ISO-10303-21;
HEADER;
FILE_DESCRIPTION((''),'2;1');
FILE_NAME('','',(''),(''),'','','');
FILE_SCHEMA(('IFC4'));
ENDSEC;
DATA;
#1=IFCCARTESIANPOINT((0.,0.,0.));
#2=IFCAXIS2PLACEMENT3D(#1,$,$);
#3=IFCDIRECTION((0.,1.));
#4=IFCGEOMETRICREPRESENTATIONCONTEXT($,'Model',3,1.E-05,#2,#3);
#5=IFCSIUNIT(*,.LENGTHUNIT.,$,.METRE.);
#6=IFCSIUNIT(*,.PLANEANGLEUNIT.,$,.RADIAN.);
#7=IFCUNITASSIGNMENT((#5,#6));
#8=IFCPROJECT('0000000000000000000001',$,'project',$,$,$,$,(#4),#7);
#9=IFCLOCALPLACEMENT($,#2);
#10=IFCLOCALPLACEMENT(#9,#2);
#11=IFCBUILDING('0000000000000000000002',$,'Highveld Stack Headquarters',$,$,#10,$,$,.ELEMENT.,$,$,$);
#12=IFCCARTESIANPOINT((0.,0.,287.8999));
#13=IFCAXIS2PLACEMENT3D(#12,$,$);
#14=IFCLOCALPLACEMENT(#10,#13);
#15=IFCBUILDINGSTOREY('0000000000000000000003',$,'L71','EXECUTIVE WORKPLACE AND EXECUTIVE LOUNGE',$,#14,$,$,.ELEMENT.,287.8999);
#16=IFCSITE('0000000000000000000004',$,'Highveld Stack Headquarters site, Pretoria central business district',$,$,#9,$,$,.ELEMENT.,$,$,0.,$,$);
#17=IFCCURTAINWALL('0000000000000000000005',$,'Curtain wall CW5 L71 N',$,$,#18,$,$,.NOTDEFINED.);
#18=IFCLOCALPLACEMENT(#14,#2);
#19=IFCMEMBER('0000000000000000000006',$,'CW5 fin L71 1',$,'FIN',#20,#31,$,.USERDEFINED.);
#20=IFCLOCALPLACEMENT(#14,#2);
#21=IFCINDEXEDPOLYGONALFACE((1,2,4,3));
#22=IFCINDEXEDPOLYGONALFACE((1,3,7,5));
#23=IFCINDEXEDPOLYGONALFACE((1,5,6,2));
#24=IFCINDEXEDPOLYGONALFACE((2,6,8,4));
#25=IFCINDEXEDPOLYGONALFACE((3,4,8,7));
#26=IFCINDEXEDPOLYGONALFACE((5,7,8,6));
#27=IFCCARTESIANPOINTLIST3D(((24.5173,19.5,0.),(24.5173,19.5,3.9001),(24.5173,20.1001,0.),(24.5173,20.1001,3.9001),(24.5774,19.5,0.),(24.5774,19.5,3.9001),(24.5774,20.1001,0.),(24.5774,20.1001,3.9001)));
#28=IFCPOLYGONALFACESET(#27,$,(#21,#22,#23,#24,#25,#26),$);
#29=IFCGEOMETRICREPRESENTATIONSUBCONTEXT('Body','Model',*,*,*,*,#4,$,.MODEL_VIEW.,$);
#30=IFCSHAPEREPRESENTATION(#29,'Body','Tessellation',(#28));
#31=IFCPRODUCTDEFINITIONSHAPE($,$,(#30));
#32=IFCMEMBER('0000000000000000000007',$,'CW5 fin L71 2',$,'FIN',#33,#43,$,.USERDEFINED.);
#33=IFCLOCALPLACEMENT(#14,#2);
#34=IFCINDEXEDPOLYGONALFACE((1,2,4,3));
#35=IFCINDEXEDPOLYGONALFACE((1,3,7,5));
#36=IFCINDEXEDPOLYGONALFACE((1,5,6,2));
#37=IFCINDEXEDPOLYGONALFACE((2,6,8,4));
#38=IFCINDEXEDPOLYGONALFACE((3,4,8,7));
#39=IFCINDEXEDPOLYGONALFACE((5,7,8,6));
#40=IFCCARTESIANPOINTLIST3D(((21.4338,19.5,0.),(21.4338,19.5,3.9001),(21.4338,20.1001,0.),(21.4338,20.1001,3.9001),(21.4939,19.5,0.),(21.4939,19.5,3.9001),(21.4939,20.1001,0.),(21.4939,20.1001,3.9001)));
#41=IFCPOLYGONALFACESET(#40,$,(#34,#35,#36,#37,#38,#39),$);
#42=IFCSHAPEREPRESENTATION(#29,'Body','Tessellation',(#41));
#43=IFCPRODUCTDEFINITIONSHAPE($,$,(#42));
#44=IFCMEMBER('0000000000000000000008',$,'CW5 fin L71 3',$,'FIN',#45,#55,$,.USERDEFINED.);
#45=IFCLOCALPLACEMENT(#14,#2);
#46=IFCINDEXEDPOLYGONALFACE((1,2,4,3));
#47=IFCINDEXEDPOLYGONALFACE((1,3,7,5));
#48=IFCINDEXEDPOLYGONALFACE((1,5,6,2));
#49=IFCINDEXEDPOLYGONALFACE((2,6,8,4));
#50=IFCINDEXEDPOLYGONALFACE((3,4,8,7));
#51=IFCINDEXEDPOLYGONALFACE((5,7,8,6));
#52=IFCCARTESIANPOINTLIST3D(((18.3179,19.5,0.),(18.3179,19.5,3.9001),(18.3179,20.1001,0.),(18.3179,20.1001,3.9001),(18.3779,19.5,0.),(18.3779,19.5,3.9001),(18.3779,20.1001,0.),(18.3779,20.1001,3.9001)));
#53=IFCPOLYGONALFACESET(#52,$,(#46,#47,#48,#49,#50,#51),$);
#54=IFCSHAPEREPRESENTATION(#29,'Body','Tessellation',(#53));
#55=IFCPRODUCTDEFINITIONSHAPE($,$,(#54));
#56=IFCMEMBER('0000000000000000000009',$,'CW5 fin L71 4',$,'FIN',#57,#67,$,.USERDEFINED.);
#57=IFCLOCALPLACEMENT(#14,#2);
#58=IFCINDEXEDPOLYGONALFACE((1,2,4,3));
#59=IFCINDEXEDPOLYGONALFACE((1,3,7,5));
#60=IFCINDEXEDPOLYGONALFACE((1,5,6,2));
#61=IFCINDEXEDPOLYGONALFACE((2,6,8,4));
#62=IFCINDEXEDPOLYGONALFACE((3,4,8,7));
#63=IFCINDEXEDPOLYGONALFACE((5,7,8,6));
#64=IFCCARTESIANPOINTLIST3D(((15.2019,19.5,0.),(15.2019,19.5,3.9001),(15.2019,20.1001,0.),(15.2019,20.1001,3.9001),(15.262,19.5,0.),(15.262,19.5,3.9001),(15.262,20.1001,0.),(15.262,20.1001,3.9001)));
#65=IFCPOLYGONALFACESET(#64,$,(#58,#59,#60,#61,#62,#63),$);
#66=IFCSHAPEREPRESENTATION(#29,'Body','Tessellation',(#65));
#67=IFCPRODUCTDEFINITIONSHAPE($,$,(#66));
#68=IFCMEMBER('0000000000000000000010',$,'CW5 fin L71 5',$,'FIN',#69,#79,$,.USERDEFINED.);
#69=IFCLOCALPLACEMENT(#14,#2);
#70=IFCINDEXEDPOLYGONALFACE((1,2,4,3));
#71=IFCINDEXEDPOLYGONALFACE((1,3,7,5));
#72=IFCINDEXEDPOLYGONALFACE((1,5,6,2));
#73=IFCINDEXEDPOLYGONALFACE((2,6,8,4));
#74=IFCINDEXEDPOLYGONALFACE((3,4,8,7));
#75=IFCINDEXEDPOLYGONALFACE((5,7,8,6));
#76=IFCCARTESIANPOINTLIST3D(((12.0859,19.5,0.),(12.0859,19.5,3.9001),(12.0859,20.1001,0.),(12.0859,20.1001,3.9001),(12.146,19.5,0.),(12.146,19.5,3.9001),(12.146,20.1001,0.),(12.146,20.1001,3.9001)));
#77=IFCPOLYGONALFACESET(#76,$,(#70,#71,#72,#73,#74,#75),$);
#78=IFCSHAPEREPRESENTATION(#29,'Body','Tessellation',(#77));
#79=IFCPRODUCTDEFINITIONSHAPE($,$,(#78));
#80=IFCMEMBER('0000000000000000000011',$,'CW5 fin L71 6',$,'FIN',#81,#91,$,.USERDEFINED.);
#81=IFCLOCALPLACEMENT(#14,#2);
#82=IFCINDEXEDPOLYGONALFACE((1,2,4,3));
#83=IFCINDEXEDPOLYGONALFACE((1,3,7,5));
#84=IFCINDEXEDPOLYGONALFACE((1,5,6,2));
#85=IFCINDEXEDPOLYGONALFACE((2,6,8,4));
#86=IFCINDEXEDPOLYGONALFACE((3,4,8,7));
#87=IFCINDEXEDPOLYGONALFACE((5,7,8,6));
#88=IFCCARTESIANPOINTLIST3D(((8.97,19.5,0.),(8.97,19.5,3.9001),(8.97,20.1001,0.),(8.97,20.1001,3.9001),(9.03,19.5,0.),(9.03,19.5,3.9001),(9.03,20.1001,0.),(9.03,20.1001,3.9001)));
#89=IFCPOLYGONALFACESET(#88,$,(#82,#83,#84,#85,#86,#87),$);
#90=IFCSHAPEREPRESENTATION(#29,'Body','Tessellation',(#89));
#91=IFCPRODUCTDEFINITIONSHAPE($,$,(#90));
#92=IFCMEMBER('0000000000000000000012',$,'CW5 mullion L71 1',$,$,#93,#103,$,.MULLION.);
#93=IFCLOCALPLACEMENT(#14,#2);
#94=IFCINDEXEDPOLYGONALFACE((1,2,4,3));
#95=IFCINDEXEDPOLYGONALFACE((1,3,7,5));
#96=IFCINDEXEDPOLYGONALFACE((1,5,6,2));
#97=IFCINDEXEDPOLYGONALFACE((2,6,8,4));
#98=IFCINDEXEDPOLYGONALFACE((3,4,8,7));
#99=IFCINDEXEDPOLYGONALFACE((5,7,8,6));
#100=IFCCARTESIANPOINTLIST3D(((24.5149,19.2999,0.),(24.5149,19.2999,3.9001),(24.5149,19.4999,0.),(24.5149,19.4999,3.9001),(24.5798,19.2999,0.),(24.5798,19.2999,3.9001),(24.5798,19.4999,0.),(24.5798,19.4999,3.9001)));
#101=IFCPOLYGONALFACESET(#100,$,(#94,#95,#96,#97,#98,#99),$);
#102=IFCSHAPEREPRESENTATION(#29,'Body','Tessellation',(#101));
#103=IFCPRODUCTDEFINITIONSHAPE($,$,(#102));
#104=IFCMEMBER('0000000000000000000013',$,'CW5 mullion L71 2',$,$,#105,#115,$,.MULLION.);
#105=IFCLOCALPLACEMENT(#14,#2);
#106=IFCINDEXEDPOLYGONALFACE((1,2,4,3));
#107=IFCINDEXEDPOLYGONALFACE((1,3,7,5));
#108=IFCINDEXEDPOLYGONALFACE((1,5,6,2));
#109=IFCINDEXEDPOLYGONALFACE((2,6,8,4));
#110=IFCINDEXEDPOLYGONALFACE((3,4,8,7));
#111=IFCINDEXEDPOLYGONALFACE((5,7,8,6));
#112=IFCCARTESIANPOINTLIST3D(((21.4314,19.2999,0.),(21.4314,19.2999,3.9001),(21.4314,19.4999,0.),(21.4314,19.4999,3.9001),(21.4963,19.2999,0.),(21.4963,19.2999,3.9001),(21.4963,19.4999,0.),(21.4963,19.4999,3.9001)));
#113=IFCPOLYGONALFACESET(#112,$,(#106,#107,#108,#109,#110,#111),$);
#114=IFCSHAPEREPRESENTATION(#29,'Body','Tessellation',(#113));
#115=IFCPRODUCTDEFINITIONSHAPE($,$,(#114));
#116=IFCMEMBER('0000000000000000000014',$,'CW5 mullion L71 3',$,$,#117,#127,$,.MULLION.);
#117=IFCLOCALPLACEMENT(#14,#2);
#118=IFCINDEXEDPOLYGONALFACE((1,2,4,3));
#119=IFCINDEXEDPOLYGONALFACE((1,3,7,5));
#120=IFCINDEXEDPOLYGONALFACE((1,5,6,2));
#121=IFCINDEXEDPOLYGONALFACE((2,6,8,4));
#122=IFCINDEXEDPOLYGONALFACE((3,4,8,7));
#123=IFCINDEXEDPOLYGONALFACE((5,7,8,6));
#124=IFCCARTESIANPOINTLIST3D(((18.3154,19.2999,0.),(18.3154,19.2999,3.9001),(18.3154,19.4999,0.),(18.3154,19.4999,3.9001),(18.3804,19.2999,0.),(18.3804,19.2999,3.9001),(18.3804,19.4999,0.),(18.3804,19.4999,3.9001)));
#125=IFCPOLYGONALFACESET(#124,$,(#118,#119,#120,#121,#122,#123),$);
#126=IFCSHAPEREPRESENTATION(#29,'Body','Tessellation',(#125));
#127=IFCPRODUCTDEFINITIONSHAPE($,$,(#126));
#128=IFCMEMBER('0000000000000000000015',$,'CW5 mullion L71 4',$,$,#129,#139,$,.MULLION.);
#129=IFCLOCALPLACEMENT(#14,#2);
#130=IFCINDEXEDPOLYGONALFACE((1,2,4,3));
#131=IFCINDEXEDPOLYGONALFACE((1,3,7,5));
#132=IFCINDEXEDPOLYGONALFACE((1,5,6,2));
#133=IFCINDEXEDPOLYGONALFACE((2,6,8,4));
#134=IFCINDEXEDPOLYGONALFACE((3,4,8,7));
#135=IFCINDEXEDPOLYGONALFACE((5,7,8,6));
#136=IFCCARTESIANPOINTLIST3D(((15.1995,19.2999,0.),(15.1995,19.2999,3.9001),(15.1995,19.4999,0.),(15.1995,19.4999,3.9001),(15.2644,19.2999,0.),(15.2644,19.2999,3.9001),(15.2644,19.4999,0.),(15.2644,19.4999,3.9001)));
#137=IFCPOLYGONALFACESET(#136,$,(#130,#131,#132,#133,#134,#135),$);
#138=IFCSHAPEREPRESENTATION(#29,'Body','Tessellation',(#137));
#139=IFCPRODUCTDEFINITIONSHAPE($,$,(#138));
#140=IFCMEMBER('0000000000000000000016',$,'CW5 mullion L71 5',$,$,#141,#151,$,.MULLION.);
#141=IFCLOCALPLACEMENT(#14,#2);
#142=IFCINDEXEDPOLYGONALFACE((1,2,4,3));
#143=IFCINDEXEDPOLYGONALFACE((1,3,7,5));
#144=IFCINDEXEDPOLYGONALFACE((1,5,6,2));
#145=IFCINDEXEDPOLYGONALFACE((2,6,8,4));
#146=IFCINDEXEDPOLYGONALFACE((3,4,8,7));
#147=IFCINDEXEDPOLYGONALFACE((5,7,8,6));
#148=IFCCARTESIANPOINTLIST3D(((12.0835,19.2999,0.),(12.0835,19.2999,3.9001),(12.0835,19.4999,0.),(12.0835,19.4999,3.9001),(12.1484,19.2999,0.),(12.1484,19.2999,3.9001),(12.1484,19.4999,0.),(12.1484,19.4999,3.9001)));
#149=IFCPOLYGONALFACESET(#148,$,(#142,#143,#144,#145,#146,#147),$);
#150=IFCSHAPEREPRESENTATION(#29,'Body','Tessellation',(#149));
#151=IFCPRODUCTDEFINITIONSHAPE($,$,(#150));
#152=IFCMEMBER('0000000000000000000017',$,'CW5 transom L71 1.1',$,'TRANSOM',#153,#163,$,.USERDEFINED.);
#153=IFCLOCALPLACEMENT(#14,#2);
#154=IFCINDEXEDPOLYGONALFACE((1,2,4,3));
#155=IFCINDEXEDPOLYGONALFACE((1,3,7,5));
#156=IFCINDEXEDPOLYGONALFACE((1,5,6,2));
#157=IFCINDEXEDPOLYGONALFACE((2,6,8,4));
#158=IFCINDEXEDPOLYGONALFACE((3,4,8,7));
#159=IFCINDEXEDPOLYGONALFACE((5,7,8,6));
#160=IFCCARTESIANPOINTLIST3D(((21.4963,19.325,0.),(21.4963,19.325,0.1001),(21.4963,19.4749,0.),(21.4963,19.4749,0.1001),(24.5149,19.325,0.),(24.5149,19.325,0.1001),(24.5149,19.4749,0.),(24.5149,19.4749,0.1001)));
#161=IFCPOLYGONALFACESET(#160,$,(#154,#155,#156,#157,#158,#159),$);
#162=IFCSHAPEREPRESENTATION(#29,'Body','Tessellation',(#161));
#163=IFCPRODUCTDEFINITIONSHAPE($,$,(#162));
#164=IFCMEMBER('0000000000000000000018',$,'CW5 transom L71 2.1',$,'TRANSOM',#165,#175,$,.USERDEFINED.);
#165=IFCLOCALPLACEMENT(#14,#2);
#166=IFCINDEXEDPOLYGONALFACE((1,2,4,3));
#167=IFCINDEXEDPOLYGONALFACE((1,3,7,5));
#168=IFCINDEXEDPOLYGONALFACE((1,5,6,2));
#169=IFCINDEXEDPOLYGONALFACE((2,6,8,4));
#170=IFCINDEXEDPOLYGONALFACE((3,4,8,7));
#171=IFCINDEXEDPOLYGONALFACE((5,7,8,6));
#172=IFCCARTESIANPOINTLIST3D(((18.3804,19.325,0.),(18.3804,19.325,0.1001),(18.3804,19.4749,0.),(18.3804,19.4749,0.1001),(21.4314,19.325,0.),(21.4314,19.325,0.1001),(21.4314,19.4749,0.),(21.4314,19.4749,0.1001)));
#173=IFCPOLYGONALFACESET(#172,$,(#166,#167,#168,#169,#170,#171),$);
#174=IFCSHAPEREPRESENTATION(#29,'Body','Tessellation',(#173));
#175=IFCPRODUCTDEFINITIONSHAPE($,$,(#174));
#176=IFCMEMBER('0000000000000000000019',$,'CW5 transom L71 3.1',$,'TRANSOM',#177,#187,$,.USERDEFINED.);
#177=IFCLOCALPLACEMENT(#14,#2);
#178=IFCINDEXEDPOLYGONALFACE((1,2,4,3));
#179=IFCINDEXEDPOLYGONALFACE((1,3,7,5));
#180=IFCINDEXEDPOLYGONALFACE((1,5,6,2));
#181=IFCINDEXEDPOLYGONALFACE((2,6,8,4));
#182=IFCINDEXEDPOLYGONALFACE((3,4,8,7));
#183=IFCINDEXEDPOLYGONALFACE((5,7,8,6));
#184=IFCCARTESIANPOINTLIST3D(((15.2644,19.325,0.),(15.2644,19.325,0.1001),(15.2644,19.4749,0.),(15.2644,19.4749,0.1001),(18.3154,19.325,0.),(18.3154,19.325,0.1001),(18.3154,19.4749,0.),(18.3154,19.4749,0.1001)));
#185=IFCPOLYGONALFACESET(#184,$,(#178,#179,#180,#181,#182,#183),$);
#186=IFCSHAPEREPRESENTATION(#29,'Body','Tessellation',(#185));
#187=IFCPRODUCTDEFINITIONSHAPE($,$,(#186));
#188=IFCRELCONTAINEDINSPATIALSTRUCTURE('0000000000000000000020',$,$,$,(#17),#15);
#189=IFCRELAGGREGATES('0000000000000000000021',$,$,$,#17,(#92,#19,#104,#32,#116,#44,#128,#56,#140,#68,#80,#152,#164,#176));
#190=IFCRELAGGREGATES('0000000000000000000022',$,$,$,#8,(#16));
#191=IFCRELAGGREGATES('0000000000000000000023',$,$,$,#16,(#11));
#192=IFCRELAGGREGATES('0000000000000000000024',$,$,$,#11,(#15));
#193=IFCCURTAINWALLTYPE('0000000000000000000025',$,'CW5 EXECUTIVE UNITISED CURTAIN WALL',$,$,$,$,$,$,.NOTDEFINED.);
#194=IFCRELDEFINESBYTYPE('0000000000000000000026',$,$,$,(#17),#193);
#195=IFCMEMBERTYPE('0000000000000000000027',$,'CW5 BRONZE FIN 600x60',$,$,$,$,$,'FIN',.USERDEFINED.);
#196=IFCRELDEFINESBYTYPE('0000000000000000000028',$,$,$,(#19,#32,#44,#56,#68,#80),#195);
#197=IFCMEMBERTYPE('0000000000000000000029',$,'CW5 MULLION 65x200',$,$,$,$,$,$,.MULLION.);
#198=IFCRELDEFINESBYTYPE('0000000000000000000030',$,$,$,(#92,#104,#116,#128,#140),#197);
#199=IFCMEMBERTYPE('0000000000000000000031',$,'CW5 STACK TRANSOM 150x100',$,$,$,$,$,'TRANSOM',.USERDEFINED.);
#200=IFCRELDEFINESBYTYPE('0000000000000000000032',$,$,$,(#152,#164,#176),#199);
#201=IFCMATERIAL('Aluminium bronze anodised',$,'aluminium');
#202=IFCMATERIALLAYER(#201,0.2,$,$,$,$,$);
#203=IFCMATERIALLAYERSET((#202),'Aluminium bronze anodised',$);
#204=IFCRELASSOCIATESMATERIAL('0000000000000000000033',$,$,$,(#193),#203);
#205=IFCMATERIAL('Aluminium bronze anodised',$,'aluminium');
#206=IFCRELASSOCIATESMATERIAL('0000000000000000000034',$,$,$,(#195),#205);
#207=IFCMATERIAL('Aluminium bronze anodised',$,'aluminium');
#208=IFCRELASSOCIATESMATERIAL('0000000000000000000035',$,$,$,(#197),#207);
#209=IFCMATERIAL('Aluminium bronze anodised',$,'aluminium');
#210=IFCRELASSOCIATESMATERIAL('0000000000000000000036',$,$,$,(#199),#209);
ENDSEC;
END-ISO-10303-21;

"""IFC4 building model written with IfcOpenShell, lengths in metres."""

from ifc_helpers import new_model, si_unit, direction, frame, origin, origin_2d, place, context, subcontext, project, spatial, rectangle, extrude, material, layer, layer_set, material_profile, profile_set, type_object, element, aggregate, save


model = new_model("IFC4")

# Units and contexts
model_context = context("Model", 3, precision=1e-05, world=origin(), true_north=direction((0.0, 1.0)))
body_context = subcontext(model_context, "Body", "Model", "MODEL_VIEW")
ifc_project = project(units=[si_unit("LENGTHUNIT", "METRE"), si_unit("PLANEANGLEUNIT", "RADIAN")], contexts=[model_context])

# Site, building, storey
site_placement = place(None, origin())
site = spatial("IfcSite", under=ifc_project, at=site_placement, Name="Highveld Stack Headquarters site, Pretoria central business district", CompositionType="ELEMENT", RefElevation=0.0)
building_placement = place(site_placement, origin())
building = spatial("IfcBuilding", under=site, at=building_placement, Name="Highveld Stack Headquarters", CompositionType="ELEMENT")
storey_placement = place(building_placement, frame((0.0, 0.0, 287.8999)))
storey = spatial("IfcBuildingStorey", under=building, at=storey_placement, Name="L71", Description="EXECUTIVE WORKPLACE AND EXECUTIVE LOUNGE", CompositionType="ELEMENT", Elevation=287.8999)

# Curtain wall, members
ifc_material_1 = material(Name="Aluminium bronze anodised", Category="aluminium")
ifc_layer_1 = layer(ifc_material_1, 0.2)
ifc_layer_set_1 = layer_set([ifc_layer_1], Name="Aluminium bronze anodised")
curtain_wall_type = type_object("IfcCurtainWallType", Name="CW5 EXECUTIVE UNITISED CURTAIN WALL", PredefinedType="NOTDEFINED", material=ifc_layer_set_1)
curtain_wall_placement = place(storey_placement, origin())
curtain_wall = element("IfcCurtainWall", 1, at=curtain_wall_placement, inside=storey, type_object=curtain_wall_type, Name="Curtain wall CW5 L71 N", PredefinedType="NOTDEFINED")
ifc_material_2 = material(Name="Aluminium bronze anodised", Category="aluminium")
ifc_material_profile_1 = material_profile(ifc_material_2, rectangle(XDim=0.6001, YDim=0.0601, at=origin_2d()), Name="FIN 600x60")
ifc_profile_set_1 = profile_set([ifc_material_profile_1], Name="Aluminium bronze anodised")
member_type_1 = type_object("IfcMemberType", Name="CW5 BRONZE FIN 600x60", ElementType="FIN", PredefinedType="USERDEFINED", material=ifc_profile_set_1)
member_1_placement = place(storey_placement, frame((24.5474, 19.8, 0.0), z_axis=(0.0, 0.0, 1.0), x_axis=(0.0, -1.0, 0.0)))
member_1 = element("IfcMember", 2, at=member_1_placement, type_object=member_type_1, Name="CW5 fin L71 1", ObjectType="FIN", PredefinedType="USERDEFINED", context=body_context, shape_type="SweptSolid", body=[
    extrude(rectangle(XDim=0.6001, YDim=0.0601, at=origin_2d()), origin(), (0.0, 0.0, 1.0), 3.9001),
])
member_2_placement = place(storey_placement, frame((21.4639, 19.8, 0.0), z_axis=(0.0, 0.0, 1.0), x_axis=(0.0, -1.0, 0.0)))
member_2 = element("IfcMember", 3, at=member_2_placement, type_object=member_type_1, Name="CW5 fin L71 2", ObjectType="FIN", PredefinedType="USERDEFINED", context=body_context, shape_type="SweptSolid", body=[
    extrude(rectangle(XDim=0.6001, YDim=0.0601, at=origin_2d()), origin(), (0.0, 0.0, 1.0), 3.9001),
])
member_3_placement = place(storey_placement, frame((18.3479, 19.8, 0.0), z_axis=(0.0, 0.0, 1.0), x_axis=(0.0, -1.0, 0.0)))
member_3 = element("IfcMember", 4, at=member_3_placement, type_object=member_type_1, Name="CW5 fin L71 3", ObjectType="FIN", PredefinedType="USERDEFINED", context=body_context, shape_type="SweptSolid", body=[
    extrude(rectangle(XDim=0.6001, YDim=0.0601, at=origin_2d()), origin(), (0.0, 0.0, 1.0), 3.9001),
])
member_4_placement = place(storey_placement, frame((15.2319, 19.8, 0.0), z_axis=(0.0, 0.0, 1.0), x_axis=(0.0, -1.0, 0.0)))
member_4 = element("IfcMember", 5, at=member_4_placement, type_object=member_type_1, Name="CW5 fin L71 4", ObjectType="FIN", PredefinedType="USERDEFINED", context=body_context, shape_type="SweptSolid", body=[
    extrude(rectangle(XDim=0.6001, YDim=0.0601, at=origin_2d()), origin(), (0.0, 0.0, 1.0), 3.9001),
])
member_5_placement = place(storey_placement, frame((12.116, 19.8, 0.0), z_axis=(0.0, 0.0, 1.0), x_axis=(0.0, -1.0, 0.0)))
member_5 = element("IfcMember", 6, at=member_5_placement, type_object=member_type_1, Name="CW5 fin L71 5", ObjectType="FIN", PredefinedType="USERDEFINED", context=body_context, shape_type="SweptSolid", body=[
    extrude(rectangle(XDim=0.6001, YDim=0.0601, at=origin_2d()), origin(), (0.0, 0.0, 1.0), 3.9001),
])
member_6_placement = place(storey_placement, frame((9.0, 19.8, 0.0), z_axis=(0.0, 0.0, 1.0), x_axis=(0.0, -1.0, 0.0)))
member_6 = element("IfcMember", 7, at=member_6_placement, type_object=member_type_1, Name="CW5 fin L71 6", ObjectType="FIN", PredefinedType="USERDEFINED", context=body_context, shape_type="SweptSolid", body=[
    extrude(rectangle(XDim=0.6001, YDim=0.0601, at=origin_2d()), origin(), (0.0, 0.0, 1.0), 3.9001),
])
ifc_material_3 = material(Name="Aluminium bronze anodised", Category="aluminium")
ifc_material_profile_2 = material_profile(ifc_material_3, rectangle(XDim=0.2, YDim=0.0649, at=origin_2d()), Name="CW5 MULLION 65x200")
ifc_profile_set_2 = profile_set([ifc_material_profile_2], Name="Aluminium bronze anodised")
member_type_2 = type_object("IfcMemberType", Name="CW5 MULLION 65x200", PredefinedType="MULLION", material=ifc_profile_set_2)
member_7_placement = place(storey_placement, frame((24.5474, 19.3999, 0.0), z_axis=(0.0, 0.0, 1.0), x_axis=(0.0, -1.0, 0.0)))
member_7 = element("IfcMember", 8, at=member_7_placement, type_object=member_type_2, Name="CW5 mullion L71 1", PredefinedType="MULLION", context=body_context, shape_type="SweptSolid", body=[
    extrude(rectangle(XDim=0.2, YDim=0.0649, at=origin_2d()), origin(), (0.0, 0.0, 1.0), 3.9001),
])
member_8_placement = place(storey_placement, frame((21.4639, 19.3999, 0.0), z_axis=(0.0, 0.0, 1.0), x_axis=(0.0, -1.0, 0.0)))
member_8 = element("IfcMember", 9, at=member_8_placement, type_object=member_type_2, Name="CW5 mullion L71 2", PredefinedType="MULLION", context=body_context, shape_type="SweptSolid", body=[
    extrude(rectangle(XDim=0.2, YDim=0.0649, at=origin_2d()), origin(), (0.0, 0.0, 1.0), 3.9001),
])
member_9_placement = place(storey_placement, frame((18.3479, 19.3999, 0.0), z_axis=(0.0, 0.0, 1.0), x_axis=(0.0, -1.0, 0.0)))
member_9 = element("IfcMember", 10, at=member_9_placement, type_object=member_type_2, Name="CW5 mullion L71 3", PredefinedType="MULLION", context=body_context, shape_type="SweptSolid", body=[
    extrude(rectangle(XDim=0.2, YDim=0.0649, at=origin_2d()), origin(), (0.0, 0.0, 1.0), 3.9001),
])
member_10_placement = place(storey_placement, frame((15.2319, 19.3999, 0.0), z_axis=(0.0, 0.0, 1.0), x_axis=(0.0, -1.0, 0.0)))
member_10 = element("IfcMember", 11, at=member_10_placement, type_object=member_type_2, Name="CW5 mullion L71 4", PredefinedType="MULLION", context=body_context, shape_type="SweptSolid", body=[
    extrude(rectangle(XDim=0.2, YDim=0.0649, at=origin_2d()), origin(), (0.0, 0.0, 1.0), 3.9001),
])
member_11_placement = place(storey_placement, frame((12.116, 19.3999, 0.0), z_axis=(0.0, 0.0, 1.0), x_axis=(0.0, -1.0, 0.0)))
member_11 = element("IfcMember", 12, at=member_11_placement, type_object=member_type_2, Name="CW5 mullion L71 5", PredefinedType="MULLION", context=body_context, shape_type="SweptSolid", body=[
    extrude(rectangle(XDim=0.2, YDim=0.0649, at=origin_2d()), origin(), (0.0, 0.0, 1.0), 3.9001),
])
ifc_material_4 = material(Name="Aluminium bronze anodised", Category="aluminium")
ifc_material_profile_3 = material_profile(ifc_material_4, rectangle(XDim=0.1499, YDim=0.1001, at=origin_2d()), Name="CW5 TRANSOM 150x100")
ifc_profile_set_3 = profile_set([ifc_material_profile_3], Name="Aluminium bronze anodised")
member_type_3 = type_object("IfcMemberType", Name="CW5 STACK TRANSOM 150x100", ElementType="TRANSOM", PredefinedType="USERDEFINED", material=ifc_profile_set_3)
member_12_placement = place(storey_placement, frame((24.5149, 19.3999, 0.05), z_axis=(-1.0, 0.0, 0.0), x_axis=(0.0, -1.0, 0.0)))
member_12 = element("IfcMember", 13, at=member_12_placement, type_object=member_type_3, Name="CW5 transom L71 1.1", ObjectType="TRANSOM", PredefinedType="USERDEFINED", context=body_context, shape_type="SweptSolid", body=[
    extrude(rectangle(XDim=0.1499, YDim=0.1001, at=origin_2d()), origin(), (0.0, 0.0, 1.0), 3.0186),
])
member_13_placement = place(storey_placement, frame((21.4314, 19.3999, 0.05), z_axis=(-1.0, 0.0, 0.0), x_axis=(0.0, -1.0, 0.0)))
member_13 = element("IfcMember", 14, at=member_13_placement, type_object=member_type_3, Name="CW5 transom L71 2.1", ObjectType="TRANSOM", PredefinedType="USERDEFINED", context=body_context, shape_type="SweptSolid", body=[
    extrude(rectangle(XDim=0.1499, YDim=0.1001, at=origin_2d()), origin(), (0.0, 0.0, 1.0), 3.051),
])
member_14_placement = place(storey_placement, frame((18.3154, 19.3999, 0.05), z_axis=(-1.0, 0.0, 0.0), x_axis=(0.0, -1.0, 0.0)))
member_14 = element("IfcMember", 15, at=member_14_placement, type_object=member_type_3, Name="CW5 transom L71 3.1", ObjectType="TRANSOM", PredefinedType="USERDEFINED", context=body_context, shape_type="SweptSolid", body=[
    extrude(rectangle(XDim=0.1499, YDim=0.1001, at=origin_2d()), origin(), (0.0, 0.0, 1.0), 3.051),
])
aggregate(curtain_wall, [member_7, member_1, member_8, member_2, member_9, member_3, member_10, member_4, member_11, member_5, member_6, member_12, member_13, member_14])

save(model, "model.ifc")
